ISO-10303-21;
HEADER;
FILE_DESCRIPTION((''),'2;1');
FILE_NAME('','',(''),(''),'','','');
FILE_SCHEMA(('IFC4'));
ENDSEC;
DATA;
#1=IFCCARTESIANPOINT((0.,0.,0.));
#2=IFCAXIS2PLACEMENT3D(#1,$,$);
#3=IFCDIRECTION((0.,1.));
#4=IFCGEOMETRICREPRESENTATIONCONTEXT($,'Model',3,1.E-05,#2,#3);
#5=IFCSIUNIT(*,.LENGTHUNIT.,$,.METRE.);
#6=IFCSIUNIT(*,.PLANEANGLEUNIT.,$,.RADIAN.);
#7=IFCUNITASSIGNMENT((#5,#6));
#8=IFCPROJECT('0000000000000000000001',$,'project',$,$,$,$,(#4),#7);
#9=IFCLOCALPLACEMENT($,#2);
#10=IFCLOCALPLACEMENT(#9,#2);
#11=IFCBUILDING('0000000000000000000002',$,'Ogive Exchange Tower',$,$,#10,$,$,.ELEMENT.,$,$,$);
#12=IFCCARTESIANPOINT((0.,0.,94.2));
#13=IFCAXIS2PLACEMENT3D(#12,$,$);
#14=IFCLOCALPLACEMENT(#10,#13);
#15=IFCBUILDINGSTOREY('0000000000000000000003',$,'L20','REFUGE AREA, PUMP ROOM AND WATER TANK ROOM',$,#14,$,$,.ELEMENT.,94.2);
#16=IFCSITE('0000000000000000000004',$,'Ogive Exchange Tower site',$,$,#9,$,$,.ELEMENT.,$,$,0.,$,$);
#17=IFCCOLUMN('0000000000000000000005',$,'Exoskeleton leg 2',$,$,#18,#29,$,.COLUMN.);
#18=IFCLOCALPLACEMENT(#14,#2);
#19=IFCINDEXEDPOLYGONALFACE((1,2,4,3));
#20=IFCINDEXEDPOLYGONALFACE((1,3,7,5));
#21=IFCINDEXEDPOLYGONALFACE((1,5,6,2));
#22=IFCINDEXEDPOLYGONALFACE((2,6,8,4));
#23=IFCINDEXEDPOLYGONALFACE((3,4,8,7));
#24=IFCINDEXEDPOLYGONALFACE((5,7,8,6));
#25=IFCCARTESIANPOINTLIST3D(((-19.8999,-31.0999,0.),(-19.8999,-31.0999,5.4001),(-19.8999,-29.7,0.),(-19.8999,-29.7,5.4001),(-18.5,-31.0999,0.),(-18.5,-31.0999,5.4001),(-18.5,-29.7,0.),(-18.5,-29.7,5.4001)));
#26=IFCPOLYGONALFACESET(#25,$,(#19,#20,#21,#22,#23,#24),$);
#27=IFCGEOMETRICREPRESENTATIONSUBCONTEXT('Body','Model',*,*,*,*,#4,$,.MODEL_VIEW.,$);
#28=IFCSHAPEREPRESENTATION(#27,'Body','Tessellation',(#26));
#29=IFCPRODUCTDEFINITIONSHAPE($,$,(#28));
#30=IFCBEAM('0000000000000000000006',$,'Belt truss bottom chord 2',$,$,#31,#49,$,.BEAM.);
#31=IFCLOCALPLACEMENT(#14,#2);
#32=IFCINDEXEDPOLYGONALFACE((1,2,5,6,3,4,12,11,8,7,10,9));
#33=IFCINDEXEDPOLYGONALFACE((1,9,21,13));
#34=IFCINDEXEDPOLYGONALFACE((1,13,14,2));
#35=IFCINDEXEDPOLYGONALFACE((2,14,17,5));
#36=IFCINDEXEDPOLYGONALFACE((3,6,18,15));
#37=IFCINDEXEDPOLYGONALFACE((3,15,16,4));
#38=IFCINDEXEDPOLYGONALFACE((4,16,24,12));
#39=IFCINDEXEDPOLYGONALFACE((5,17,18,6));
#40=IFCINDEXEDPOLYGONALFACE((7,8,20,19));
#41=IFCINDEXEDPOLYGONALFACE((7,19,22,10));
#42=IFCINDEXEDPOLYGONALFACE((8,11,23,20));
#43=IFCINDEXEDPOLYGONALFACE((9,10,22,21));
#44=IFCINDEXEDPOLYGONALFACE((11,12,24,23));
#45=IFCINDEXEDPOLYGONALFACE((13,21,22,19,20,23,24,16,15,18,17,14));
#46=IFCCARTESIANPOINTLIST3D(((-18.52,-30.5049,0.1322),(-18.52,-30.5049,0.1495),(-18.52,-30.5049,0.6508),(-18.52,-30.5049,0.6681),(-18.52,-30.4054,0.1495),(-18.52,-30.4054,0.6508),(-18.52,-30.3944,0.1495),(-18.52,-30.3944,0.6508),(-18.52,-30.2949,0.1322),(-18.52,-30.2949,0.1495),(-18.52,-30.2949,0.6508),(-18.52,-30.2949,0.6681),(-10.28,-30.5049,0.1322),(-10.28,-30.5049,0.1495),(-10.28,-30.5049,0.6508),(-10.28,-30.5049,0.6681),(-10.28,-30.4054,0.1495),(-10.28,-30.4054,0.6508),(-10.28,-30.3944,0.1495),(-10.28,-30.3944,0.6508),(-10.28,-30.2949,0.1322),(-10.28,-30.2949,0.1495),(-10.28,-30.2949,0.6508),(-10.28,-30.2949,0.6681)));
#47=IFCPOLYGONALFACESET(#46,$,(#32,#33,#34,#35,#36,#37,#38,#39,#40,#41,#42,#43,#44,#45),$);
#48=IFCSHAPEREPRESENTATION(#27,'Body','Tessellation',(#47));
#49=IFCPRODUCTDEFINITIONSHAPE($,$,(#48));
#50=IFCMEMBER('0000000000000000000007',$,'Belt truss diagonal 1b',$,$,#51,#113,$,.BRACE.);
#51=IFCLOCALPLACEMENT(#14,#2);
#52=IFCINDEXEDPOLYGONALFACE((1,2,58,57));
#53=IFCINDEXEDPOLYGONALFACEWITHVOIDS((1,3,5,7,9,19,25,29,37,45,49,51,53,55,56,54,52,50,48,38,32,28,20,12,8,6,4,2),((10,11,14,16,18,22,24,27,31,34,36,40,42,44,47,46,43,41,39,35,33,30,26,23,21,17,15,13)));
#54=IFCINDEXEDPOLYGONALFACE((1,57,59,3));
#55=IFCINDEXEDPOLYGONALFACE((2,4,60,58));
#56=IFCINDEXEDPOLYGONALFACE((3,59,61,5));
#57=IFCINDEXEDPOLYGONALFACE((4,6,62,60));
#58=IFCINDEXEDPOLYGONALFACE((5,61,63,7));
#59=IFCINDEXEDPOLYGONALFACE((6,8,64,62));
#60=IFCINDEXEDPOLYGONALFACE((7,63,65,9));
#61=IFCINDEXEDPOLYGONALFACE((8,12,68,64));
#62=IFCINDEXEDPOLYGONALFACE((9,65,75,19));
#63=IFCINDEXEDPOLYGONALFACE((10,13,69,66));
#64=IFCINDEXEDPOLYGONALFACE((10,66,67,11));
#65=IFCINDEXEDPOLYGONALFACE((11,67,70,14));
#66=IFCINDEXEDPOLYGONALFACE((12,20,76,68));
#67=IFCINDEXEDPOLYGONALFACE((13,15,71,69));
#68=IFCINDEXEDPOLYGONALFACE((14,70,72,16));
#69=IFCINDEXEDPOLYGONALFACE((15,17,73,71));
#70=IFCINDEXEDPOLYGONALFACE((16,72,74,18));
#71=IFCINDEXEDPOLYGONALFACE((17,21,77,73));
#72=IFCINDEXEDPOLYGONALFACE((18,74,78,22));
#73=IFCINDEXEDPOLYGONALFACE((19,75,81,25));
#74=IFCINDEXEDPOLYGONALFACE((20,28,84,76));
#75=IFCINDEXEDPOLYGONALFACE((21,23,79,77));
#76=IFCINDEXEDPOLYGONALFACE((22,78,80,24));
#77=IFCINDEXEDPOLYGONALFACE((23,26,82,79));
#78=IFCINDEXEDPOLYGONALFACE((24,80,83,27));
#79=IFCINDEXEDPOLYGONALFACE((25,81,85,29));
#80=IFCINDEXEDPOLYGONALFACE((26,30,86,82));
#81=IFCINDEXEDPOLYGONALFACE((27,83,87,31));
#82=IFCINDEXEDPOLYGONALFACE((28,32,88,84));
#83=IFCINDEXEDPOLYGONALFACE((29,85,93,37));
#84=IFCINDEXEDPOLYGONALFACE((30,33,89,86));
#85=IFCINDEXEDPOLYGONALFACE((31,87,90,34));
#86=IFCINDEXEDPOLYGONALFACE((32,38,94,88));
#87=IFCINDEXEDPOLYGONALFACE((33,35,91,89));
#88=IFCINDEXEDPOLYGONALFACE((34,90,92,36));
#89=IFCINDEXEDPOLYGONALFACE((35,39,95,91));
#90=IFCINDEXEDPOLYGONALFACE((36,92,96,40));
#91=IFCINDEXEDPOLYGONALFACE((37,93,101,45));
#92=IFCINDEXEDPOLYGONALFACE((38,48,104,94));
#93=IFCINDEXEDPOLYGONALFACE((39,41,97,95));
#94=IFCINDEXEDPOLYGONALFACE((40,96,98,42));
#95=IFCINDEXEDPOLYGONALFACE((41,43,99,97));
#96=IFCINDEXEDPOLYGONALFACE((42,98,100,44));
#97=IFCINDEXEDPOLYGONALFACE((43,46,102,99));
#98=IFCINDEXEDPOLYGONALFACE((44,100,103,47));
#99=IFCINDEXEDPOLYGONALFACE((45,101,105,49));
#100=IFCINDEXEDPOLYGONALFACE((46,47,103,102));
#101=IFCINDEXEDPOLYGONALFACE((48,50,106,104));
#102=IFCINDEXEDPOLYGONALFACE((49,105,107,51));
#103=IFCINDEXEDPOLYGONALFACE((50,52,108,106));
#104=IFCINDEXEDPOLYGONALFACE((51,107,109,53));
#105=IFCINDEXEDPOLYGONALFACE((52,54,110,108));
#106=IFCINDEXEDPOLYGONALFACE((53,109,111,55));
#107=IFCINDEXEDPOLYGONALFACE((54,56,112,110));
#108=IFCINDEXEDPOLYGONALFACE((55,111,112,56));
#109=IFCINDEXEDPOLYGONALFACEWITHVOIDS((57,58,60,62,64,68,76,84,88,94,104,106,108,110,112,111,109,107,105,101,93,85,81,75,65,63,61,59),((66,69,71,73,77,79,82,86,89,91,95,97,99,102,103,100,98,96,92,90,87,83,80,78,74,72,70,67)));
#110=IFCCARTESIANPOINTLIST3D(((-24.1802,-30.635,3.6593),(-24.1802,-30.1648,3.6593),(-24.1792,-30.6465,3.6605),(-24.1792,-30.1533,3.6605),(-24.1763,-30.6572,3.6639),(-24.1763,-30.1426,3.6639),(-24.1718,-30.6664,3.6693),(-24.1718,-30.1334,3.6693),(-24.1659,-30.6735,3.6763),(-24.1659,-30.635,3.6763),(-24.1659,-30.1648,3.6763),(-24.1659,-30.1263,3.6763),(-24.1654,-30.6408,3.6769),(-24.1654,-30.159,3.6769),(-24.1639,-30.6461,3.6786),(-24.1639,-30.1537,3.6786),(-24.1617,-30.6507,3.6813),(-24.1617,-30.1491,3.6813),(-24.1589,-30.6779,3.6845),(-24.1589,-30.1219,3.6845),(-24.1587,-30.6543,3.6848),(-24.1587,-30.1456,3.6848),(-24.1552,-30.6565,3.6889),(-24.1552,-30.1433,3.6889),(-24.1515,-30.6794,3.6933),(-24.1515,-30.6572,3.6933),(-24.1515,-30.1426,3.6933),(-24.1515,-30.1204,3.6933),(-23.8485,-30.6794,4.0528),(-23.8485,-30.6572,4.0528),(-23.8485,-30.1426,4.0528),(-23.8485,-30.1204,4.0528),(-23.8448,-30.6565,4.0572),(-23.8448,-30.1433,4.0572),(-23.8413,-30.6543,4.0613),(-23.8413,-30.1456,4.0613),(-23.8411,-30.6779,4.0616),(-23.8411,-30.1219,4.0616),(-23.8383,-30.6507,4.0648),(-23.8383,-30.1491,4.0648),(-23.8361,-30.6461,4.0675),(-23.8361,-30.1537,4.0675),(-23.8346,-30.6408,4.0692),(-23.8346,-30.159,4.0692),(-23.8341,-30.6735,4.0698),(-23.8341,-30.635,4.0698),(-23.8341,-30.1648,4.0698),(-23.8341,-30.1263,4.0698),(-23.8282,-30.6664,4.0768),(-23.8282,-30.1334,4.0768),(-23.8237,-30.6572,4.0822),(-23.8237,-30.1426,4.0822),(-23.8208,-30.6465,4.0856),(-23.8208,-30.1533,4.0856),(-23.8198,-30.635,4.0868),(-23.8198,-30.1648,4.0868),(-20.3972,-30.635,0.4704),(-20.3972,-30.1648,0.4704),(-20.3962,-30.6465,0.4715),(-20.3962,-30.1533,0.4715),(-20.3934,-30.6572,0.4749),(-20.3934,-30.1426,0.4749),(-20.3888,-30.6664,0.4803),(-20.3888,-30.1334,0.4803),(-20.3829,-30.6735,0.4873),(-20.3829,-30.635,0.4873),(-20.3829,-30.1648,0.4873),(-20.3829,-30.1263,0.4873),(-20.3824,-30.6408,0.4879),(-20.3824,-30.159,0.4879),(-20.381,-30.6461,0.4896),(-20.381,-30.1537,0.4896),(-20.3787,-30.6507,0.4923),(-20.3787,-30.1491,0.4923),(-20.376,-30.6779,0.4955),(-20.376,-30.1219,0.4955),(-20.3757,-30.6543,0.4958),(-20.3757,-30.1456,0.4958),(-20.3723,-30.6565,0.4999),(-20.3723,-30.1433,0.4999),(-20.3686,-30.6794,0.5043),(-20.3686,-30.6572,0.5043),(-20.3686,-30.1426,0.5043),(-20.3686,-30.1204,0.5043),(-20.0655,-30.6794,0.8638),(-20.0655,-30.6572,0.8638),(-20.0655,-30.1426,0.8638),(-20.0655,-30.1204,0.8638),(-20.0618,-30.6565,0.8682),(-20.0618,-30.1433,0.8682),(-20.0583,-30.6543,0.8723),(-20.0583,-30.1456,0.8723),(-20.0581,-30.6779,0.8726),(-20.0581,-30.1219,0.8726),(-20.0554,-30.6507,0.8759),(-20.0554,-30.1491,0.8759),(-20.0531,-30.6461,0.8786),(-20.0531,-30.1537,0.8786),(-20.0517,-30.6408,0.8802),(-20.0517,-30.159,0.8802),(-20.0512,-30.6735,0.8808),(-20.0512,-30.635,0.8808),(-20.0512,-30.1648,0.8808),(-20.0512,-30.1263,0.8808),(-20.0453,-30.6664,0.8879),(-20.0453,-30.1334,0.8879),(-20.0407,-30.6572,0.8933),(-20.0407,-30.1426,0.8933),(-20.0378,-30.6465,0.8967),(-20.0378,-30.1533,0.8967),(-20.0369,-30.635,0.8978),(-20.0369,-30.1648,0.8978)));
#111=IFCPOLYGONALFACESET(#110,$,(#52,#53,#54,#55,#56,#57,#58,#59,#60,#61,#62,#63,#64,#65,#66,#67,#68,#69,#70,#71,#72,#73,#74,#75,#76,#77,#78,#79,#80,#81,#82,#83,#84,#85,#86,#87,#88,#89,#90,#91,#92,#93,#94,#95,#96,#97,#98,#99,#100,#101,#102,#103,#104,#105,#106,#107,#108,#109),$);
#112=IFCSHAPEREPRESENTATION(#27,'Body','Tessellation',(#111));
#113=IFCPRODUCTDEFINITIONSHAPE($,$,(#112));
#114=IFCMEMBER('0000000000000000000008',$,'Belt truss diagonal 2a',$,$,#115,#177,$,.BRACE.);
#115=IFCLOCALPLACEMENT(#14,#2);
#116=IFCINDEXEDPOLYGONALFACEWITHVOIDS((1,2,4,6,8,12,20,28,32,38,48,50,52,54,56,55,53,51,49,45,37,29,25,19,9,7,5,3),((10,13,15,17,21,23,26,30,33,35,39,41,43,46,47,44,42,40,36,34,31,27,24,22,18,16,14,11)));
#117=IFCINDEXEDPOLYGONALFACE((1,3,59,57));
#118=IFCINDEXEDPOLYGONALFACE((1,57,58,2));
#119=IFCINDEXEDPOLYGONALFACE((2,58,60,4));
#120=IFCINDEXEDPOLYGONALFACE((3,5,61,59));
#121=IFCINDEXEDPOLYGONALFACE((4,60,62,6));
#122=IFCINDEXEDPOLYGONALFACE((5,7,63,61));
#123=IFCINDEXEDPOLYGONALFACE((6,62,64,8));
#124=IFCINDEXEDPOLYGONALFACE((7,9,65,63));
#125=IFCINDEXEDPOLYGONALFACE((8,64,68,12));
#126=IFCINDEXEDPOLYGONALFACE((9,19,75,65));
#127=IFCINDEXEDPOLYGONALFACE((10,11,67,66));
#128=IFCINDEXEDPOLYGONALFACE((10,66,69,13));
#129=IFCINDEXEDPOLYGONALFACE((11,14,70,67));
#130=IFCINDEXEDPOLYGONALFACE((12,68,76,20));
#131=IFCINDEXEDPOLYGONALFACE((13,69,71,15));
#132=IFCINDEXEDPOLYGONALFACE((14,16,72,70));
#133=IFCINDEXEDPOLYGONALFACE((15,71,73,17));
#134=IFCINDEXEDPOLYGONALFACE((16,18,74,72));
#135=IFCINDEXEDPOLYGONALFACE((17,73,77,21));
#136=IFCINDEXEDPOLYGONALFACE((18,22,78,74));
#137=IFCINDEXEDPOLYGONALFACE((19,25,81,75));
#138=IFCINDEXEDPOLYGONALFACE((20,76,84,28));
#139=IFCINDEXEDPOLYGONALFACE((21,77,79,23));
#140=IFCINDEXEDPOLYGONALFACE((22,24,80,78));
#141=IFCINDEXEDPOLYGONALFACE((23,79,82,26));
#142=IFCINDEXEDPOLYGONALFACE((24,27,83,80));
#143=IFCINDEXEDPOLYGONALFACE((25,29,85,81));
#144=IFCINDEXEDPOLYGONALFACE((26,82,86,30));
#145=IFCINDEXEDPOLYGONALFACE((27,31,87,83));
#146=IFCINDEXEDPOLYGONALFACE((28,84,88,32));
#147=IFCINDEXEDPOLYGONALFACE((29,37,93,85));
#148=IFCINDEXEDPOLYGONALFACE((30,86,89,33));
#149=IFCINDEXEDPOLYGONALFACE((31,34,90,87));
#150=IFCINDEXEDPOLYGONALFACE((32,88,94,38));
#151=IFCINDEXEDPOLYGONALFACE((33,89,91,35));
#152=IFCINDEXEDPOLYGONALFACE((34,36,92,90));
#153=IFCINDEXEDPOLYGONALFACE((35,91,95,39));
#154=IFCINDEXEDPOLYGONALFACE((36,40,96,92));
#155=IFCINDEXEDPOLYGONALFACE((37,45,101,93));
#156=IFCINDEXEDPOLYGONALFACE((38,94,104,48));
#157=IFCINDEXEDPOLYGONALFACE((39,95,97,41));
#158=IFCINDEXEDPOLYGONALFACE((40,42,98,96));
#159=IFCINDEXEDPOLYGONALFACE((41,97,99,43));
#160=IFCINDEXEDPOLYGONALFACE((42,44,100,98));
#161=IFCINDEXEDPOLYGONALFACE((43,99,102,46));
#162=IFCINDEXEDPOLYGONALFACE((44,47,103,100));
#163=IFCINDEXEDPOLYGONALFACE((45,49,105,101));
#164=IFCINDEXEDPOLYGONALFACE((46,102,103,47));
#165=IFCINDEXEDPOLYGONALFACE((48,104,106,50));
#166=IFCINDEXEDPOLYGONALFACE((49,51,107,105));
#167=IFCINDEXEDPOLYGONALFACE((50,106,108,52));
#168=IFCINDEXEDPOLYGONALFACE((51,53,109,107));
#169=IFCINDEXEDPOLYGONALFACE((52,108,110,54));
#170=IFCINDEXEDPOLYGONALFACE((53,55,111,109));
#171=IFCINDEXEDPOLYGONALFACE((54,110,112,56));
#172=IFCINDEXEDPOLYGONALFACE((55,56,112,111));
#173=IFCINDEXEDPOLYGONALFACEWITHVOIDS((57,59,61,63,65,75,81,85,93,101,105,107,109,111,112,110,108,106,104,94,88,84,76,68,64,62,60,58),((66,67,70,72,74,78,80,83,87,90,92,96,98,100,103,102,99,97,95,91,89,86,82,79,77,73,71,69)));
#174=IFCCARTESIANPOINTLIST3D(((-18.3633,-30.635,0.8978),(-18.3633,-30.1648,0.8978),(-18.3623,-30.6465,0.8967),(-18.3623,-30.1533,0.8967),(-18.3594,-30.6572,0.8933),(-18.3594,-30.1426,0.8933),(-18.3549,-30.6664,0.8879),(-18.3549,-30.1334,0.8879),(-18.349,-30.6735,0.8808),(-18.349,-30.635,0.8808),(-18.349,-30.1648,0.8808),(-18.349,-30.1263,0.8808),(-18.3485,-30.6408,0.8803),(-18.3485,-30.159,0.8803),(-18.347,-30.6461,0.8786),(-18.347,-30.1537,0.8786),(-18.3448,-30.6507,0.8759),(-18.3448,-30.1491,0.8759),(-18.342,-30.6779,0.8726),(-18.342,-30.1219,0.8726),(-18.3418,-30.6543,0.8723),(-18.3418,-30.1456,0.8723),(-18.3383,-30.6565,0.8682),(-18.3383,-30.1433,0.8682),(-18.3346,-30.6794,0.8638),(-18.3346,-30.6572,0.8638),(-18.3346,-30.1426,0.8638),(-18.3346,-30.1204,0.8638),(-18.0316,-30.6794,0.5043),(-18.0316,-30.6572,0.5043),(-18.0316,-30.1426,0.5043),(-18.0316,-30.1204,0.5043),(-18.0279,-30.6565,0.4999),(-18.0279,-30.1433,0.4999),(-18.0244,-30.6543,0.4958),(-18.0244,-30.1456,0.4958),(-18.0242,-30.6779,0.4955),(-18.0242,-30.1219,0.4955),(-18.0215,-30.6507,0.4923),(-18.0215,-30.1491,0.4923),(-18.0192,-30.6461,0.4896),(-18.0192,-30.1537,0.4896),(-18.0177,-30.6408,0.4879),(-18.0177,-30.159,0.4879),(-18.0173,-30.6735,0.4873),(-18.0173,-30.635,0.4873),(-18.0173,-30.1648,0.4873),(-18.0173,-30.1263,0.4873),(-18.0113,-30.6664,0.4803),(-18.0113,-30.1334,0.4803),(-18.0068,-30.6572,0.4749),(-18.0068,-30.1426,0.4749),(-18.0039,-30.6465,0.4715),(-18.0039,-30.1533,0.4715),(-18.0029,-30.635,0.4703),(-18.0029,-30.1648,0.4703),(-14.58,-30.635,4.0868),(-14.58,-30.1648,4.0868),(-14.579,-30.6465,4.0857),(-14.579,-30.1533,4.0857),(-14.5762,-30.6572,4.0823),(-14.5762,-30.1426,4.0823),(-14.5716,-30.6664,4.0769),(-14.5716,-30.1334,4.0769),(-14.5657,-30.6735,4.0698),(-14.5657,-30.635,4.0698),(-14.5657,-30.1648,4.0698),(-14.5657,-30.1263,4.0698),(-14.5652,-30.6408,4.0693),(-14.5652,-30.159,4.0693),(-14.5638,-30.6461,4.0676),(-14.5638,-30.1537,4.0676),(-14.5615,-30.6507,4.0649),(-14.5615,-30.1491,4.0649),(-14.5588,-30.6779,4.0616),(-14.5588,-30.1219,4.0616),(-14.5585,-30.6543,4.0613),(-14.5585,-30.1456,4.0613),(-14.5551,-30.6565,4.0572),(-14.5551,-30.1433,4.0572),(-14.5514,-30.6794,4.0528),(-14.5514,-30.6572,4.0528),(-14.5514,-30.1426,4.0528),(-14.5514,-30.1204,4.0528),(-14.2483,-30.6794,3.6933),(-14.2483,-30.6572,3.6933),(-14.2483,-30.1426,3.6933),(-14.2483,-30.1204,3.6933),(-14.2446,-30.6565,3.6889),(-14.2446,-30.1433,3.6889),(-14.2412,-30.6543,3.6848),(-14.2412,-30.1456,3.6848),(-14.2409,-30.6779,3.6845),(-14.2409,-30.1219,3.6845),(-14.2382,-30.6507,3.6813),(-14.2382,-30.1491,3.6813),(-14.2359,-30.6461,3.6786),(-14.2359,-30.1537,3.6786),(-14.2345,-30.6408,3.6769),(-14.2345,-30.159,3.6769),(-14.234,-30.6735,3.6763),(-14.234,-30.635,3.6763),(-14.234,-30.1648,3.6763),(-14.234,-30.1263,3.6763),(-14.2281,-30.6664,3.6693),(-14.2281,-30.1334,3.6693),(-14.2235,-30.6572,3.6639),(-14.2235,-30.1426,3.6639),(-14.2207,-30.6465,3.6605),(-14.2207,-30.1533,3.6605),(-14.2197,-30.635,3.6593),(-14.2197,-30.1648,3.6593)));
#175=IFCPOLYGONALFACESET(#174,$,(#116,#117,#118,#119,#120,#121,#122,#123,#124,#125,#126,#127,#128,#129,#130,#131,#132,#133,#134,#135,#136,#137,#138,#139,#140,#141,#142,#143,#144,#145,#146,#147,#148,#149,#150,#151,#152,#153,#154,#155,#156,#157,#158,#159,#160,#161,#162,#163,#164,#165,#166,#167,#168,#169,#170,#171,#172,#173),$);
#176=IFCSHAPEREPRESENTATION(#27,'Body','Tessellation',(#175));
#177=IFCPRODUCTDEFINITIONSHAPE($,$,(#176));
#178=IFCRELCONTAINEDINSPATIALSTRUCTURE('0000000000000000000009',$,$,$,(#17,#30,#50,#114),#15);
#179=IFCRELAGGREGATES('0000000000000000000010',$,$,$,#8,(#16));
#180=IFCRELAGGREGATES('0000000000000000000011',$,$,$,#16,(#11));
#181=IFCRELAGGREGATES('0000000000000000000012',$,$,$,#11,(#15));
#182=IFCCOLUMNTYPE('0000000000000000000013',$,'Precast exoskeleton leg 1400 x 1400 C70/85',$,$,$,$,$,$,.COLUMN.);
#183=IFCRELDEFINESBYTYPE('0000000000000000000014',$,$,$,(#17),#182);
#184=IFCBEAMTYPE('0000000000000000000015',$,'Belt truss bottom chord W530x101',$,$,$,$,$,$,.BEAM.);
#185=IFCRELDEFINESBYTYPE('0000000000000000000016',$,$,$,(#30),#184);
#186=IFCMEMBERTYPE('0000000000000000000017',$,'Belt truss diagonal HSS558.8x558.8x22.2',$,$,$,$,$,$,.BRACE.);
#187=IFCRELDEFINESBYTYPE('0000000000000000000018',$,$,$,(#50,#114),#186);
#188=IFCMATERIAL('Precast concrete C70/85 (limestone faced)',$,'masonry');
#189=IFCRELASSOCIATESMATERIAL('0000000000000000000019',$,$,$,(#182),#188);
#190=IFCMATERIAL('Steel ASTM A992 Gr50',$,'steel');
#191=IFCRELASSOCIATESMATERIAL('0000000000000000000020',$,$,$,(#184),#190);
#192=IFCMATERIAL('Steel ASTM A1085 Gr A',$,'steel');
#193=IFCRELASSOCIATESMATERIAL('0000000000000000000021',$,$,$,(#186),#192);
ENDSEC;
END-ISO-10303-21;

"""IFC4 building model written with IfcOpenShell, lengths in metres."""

from ifc_helpers import new_model, si_unit, direction, frame, origin, origin_2d, place, context, subcontext, project, spatial, rectangle, hollow_rectangle, i_section, extrude, material, material_profile, profile_set, type_object, element, save


model = new_model("IFC4")

# Units and contexts
model_context = context("Model", 3, precision=1e-05, world=origin(), true_north=direction((0.0, 1.0)))
body_context = subcontext(model_context, "Body", "Model", "MODEL_VIEW")
ifc_project = project(units=[si_unit("LENGTHUNIT", "METRE"), si_unit("PLANEANGLEUNIT", "RADIAN")], contexts=[model_context])

# Site, building, storey
site_placement = place(None, origin())
site = spatial("IfcSite", under=ifc_project, at=site_placement, Name="Ogive Exchange Tower site", CompositionType="ELEMENT", RefElevation=0.0)
building_placement = place(site_placement, origin())
building = spatial("IfcBuilding", under=site, at=building_placement, Name="Ogive Exchange Tower", CompositionType="ELEMENT")
storey_placement = place(building_placement, frame((0.0, 0.0, 94.2)))
storey = spatial("IfcBuildingStorey", under=building, at=storey_placement, Name="L20", Description="REFUGE AREA, PUMP ROOM AND WATER TANK ROOM", CompositionType="ELEMENT", Elevation=94.2)

# Column
ifc_material_1 = material(Name="Precast concrete C70/85 (limestone faced)", Category="masonry")
ifc_material_profile_1 = material_profile(ifc_material_1, rectangle(XDim=1.3999, YDim=1.3999, at=origin_2d()), Name="1400 x 1400")
ifc_profile_set_1 = profile_set([ifc_material_profile_1], Name="Precast concrete C70/85 (limestone faced)")
column_type = type_object("IfcColumnType", Name="Precast exoskeleton leg 1400 x 1400 C70/85", PredefinedType="COLUMN", material=ifc_profile_set_1)
column_placement = place(storey_placement, frame((-19.2, -30.3999, 0.0), z_axis=(0.0, 0.0, 1.0), x_axis=(1.0, 0.0, 0.0)))
element("IfcColumn", 1, at=column_placement, inside=storey, type_object=column_type, Name="Exoskeleton leg 2", PredefinedType="COLUMN", context=body_context, shape_type="SweptSolid", body=[
    extrude(rectangle(XDim=1.3999, YDim=1.3999, at=origin_2d()), origin(), (0.0, 0.0, 1.0), 5.4001),
])

# Beam
ifc_material_2 = material(Name="Steel ASTM A992 Gr50", Category="steel")
ifc_material_profile_2 = material_profile(ifc_material_2, i_section(OverallWidth=0.21, OverallDepth=0.5359, WebThickness=0.011, FlangeThickness=0.0173, at=origin_2d()), Name="W530x101")
ifc_profile_set_2 = profile_set([ifc_material_profile_2], Name="Steel ASTM A992 Gr50")
beam_type_1 = type_object("IfcBeamType", Name="Belt truss bottom chord W530x101", PredefinedType="BEAM", material=ifc_profile_set_2)
beam_1_placement = place(storey_placement, frame((-18.52, -30.3999, 0.4001), z_axis=(1.0, 0.0, 0.0), x_axis=(0.0, 1.0, 0.0)))
element("IfcBeam", 2, at=beam_1_placement, inside=storey, type_object=beam_type_1, Name="Belt truss bottom chord 2", PredefinedType="BEAM", context=body_context, shape_type="SweptSolid", body=[
    extrude(i_section(OverallWidth=0.21, OverallDepth=0.5359, WebThickness=0.011, FlangeThickness=0.0173, at=origin_2d()), origin(), (0.0, 0.0, 1.0), 8.24),
])

# Members
ifc_material_3 = material(Name="Steel ASTM A1085 Gr A", Category="steel")
ifc_material_profile_3 = material_profile(ifc_material_3, hollow_rectangle(XDim=0.5591, YDim=0.5591, WallThickness=0.0222, InnerFilletRadius=0.0222, OuterFilletRadius=0.0444, at=origin_2d()), Name="HSS558.8x558.8x22.2")
ifc_profile_set_3 = profile_set([ifc_material_profile_3], Name="Steel ASTM A1085 Gr A")
member_type_1 = type_object("IfcMemberType", Name="Belt truss diagonal HSS558.8x558.8x22.2", PredefinedType="BRACE", material=ifc_profile_set_3)
member_1_placement = place(storey_placement, frame((-20.217, -30.3999, 0.6841), z_axis=(-0.764581, 0.0, 0.644528), x_axis=(0.0, -1.0, 0.0)))
element("IfcMember", 3, at=member_1_placement, inside=storey, type_object=member_type_1, Name="Belt truss diagonal 1b", PredefinedType="BRACE", context=body_context, shape_type="SweptSolid", body=[
    extrude(hollow_rectangle(XDim=0.5591, YDim=0.5591, WallThickness=0.0222, InnerFilletRadius=0.0222, OuterFilletRadius=0.0444, at=origin_2d()), origin(), (0.0, 0.0, 1.0), 4.9478),
])
member_2_placement = place(storey_placement, frame((-18.1831, -30.3999, 0.6841), z_axis=(0.764601, 0.0, 0.644503), x_axis=(0.0, 1.0, 0.0)))
element("IfcMember", 4, at=member_2_placement, inside=storey, type_object=member_type_1, Name="Belt truss diagonal 2a", PredefinedType="BRACE", context=body_context, shape_type="SweptSolid", body=[
    extrude(hollow_rectangle(XDim=0.5591, YDim=0.5591, WallThickness=0.0222, InnerFilletRadius=0.0222, OuterFilletRadius=0.0444, at=origin_2d()), origin(), (0.0, 0.0, 1.0), 4.948),
])

save(model, "model.ifc")
